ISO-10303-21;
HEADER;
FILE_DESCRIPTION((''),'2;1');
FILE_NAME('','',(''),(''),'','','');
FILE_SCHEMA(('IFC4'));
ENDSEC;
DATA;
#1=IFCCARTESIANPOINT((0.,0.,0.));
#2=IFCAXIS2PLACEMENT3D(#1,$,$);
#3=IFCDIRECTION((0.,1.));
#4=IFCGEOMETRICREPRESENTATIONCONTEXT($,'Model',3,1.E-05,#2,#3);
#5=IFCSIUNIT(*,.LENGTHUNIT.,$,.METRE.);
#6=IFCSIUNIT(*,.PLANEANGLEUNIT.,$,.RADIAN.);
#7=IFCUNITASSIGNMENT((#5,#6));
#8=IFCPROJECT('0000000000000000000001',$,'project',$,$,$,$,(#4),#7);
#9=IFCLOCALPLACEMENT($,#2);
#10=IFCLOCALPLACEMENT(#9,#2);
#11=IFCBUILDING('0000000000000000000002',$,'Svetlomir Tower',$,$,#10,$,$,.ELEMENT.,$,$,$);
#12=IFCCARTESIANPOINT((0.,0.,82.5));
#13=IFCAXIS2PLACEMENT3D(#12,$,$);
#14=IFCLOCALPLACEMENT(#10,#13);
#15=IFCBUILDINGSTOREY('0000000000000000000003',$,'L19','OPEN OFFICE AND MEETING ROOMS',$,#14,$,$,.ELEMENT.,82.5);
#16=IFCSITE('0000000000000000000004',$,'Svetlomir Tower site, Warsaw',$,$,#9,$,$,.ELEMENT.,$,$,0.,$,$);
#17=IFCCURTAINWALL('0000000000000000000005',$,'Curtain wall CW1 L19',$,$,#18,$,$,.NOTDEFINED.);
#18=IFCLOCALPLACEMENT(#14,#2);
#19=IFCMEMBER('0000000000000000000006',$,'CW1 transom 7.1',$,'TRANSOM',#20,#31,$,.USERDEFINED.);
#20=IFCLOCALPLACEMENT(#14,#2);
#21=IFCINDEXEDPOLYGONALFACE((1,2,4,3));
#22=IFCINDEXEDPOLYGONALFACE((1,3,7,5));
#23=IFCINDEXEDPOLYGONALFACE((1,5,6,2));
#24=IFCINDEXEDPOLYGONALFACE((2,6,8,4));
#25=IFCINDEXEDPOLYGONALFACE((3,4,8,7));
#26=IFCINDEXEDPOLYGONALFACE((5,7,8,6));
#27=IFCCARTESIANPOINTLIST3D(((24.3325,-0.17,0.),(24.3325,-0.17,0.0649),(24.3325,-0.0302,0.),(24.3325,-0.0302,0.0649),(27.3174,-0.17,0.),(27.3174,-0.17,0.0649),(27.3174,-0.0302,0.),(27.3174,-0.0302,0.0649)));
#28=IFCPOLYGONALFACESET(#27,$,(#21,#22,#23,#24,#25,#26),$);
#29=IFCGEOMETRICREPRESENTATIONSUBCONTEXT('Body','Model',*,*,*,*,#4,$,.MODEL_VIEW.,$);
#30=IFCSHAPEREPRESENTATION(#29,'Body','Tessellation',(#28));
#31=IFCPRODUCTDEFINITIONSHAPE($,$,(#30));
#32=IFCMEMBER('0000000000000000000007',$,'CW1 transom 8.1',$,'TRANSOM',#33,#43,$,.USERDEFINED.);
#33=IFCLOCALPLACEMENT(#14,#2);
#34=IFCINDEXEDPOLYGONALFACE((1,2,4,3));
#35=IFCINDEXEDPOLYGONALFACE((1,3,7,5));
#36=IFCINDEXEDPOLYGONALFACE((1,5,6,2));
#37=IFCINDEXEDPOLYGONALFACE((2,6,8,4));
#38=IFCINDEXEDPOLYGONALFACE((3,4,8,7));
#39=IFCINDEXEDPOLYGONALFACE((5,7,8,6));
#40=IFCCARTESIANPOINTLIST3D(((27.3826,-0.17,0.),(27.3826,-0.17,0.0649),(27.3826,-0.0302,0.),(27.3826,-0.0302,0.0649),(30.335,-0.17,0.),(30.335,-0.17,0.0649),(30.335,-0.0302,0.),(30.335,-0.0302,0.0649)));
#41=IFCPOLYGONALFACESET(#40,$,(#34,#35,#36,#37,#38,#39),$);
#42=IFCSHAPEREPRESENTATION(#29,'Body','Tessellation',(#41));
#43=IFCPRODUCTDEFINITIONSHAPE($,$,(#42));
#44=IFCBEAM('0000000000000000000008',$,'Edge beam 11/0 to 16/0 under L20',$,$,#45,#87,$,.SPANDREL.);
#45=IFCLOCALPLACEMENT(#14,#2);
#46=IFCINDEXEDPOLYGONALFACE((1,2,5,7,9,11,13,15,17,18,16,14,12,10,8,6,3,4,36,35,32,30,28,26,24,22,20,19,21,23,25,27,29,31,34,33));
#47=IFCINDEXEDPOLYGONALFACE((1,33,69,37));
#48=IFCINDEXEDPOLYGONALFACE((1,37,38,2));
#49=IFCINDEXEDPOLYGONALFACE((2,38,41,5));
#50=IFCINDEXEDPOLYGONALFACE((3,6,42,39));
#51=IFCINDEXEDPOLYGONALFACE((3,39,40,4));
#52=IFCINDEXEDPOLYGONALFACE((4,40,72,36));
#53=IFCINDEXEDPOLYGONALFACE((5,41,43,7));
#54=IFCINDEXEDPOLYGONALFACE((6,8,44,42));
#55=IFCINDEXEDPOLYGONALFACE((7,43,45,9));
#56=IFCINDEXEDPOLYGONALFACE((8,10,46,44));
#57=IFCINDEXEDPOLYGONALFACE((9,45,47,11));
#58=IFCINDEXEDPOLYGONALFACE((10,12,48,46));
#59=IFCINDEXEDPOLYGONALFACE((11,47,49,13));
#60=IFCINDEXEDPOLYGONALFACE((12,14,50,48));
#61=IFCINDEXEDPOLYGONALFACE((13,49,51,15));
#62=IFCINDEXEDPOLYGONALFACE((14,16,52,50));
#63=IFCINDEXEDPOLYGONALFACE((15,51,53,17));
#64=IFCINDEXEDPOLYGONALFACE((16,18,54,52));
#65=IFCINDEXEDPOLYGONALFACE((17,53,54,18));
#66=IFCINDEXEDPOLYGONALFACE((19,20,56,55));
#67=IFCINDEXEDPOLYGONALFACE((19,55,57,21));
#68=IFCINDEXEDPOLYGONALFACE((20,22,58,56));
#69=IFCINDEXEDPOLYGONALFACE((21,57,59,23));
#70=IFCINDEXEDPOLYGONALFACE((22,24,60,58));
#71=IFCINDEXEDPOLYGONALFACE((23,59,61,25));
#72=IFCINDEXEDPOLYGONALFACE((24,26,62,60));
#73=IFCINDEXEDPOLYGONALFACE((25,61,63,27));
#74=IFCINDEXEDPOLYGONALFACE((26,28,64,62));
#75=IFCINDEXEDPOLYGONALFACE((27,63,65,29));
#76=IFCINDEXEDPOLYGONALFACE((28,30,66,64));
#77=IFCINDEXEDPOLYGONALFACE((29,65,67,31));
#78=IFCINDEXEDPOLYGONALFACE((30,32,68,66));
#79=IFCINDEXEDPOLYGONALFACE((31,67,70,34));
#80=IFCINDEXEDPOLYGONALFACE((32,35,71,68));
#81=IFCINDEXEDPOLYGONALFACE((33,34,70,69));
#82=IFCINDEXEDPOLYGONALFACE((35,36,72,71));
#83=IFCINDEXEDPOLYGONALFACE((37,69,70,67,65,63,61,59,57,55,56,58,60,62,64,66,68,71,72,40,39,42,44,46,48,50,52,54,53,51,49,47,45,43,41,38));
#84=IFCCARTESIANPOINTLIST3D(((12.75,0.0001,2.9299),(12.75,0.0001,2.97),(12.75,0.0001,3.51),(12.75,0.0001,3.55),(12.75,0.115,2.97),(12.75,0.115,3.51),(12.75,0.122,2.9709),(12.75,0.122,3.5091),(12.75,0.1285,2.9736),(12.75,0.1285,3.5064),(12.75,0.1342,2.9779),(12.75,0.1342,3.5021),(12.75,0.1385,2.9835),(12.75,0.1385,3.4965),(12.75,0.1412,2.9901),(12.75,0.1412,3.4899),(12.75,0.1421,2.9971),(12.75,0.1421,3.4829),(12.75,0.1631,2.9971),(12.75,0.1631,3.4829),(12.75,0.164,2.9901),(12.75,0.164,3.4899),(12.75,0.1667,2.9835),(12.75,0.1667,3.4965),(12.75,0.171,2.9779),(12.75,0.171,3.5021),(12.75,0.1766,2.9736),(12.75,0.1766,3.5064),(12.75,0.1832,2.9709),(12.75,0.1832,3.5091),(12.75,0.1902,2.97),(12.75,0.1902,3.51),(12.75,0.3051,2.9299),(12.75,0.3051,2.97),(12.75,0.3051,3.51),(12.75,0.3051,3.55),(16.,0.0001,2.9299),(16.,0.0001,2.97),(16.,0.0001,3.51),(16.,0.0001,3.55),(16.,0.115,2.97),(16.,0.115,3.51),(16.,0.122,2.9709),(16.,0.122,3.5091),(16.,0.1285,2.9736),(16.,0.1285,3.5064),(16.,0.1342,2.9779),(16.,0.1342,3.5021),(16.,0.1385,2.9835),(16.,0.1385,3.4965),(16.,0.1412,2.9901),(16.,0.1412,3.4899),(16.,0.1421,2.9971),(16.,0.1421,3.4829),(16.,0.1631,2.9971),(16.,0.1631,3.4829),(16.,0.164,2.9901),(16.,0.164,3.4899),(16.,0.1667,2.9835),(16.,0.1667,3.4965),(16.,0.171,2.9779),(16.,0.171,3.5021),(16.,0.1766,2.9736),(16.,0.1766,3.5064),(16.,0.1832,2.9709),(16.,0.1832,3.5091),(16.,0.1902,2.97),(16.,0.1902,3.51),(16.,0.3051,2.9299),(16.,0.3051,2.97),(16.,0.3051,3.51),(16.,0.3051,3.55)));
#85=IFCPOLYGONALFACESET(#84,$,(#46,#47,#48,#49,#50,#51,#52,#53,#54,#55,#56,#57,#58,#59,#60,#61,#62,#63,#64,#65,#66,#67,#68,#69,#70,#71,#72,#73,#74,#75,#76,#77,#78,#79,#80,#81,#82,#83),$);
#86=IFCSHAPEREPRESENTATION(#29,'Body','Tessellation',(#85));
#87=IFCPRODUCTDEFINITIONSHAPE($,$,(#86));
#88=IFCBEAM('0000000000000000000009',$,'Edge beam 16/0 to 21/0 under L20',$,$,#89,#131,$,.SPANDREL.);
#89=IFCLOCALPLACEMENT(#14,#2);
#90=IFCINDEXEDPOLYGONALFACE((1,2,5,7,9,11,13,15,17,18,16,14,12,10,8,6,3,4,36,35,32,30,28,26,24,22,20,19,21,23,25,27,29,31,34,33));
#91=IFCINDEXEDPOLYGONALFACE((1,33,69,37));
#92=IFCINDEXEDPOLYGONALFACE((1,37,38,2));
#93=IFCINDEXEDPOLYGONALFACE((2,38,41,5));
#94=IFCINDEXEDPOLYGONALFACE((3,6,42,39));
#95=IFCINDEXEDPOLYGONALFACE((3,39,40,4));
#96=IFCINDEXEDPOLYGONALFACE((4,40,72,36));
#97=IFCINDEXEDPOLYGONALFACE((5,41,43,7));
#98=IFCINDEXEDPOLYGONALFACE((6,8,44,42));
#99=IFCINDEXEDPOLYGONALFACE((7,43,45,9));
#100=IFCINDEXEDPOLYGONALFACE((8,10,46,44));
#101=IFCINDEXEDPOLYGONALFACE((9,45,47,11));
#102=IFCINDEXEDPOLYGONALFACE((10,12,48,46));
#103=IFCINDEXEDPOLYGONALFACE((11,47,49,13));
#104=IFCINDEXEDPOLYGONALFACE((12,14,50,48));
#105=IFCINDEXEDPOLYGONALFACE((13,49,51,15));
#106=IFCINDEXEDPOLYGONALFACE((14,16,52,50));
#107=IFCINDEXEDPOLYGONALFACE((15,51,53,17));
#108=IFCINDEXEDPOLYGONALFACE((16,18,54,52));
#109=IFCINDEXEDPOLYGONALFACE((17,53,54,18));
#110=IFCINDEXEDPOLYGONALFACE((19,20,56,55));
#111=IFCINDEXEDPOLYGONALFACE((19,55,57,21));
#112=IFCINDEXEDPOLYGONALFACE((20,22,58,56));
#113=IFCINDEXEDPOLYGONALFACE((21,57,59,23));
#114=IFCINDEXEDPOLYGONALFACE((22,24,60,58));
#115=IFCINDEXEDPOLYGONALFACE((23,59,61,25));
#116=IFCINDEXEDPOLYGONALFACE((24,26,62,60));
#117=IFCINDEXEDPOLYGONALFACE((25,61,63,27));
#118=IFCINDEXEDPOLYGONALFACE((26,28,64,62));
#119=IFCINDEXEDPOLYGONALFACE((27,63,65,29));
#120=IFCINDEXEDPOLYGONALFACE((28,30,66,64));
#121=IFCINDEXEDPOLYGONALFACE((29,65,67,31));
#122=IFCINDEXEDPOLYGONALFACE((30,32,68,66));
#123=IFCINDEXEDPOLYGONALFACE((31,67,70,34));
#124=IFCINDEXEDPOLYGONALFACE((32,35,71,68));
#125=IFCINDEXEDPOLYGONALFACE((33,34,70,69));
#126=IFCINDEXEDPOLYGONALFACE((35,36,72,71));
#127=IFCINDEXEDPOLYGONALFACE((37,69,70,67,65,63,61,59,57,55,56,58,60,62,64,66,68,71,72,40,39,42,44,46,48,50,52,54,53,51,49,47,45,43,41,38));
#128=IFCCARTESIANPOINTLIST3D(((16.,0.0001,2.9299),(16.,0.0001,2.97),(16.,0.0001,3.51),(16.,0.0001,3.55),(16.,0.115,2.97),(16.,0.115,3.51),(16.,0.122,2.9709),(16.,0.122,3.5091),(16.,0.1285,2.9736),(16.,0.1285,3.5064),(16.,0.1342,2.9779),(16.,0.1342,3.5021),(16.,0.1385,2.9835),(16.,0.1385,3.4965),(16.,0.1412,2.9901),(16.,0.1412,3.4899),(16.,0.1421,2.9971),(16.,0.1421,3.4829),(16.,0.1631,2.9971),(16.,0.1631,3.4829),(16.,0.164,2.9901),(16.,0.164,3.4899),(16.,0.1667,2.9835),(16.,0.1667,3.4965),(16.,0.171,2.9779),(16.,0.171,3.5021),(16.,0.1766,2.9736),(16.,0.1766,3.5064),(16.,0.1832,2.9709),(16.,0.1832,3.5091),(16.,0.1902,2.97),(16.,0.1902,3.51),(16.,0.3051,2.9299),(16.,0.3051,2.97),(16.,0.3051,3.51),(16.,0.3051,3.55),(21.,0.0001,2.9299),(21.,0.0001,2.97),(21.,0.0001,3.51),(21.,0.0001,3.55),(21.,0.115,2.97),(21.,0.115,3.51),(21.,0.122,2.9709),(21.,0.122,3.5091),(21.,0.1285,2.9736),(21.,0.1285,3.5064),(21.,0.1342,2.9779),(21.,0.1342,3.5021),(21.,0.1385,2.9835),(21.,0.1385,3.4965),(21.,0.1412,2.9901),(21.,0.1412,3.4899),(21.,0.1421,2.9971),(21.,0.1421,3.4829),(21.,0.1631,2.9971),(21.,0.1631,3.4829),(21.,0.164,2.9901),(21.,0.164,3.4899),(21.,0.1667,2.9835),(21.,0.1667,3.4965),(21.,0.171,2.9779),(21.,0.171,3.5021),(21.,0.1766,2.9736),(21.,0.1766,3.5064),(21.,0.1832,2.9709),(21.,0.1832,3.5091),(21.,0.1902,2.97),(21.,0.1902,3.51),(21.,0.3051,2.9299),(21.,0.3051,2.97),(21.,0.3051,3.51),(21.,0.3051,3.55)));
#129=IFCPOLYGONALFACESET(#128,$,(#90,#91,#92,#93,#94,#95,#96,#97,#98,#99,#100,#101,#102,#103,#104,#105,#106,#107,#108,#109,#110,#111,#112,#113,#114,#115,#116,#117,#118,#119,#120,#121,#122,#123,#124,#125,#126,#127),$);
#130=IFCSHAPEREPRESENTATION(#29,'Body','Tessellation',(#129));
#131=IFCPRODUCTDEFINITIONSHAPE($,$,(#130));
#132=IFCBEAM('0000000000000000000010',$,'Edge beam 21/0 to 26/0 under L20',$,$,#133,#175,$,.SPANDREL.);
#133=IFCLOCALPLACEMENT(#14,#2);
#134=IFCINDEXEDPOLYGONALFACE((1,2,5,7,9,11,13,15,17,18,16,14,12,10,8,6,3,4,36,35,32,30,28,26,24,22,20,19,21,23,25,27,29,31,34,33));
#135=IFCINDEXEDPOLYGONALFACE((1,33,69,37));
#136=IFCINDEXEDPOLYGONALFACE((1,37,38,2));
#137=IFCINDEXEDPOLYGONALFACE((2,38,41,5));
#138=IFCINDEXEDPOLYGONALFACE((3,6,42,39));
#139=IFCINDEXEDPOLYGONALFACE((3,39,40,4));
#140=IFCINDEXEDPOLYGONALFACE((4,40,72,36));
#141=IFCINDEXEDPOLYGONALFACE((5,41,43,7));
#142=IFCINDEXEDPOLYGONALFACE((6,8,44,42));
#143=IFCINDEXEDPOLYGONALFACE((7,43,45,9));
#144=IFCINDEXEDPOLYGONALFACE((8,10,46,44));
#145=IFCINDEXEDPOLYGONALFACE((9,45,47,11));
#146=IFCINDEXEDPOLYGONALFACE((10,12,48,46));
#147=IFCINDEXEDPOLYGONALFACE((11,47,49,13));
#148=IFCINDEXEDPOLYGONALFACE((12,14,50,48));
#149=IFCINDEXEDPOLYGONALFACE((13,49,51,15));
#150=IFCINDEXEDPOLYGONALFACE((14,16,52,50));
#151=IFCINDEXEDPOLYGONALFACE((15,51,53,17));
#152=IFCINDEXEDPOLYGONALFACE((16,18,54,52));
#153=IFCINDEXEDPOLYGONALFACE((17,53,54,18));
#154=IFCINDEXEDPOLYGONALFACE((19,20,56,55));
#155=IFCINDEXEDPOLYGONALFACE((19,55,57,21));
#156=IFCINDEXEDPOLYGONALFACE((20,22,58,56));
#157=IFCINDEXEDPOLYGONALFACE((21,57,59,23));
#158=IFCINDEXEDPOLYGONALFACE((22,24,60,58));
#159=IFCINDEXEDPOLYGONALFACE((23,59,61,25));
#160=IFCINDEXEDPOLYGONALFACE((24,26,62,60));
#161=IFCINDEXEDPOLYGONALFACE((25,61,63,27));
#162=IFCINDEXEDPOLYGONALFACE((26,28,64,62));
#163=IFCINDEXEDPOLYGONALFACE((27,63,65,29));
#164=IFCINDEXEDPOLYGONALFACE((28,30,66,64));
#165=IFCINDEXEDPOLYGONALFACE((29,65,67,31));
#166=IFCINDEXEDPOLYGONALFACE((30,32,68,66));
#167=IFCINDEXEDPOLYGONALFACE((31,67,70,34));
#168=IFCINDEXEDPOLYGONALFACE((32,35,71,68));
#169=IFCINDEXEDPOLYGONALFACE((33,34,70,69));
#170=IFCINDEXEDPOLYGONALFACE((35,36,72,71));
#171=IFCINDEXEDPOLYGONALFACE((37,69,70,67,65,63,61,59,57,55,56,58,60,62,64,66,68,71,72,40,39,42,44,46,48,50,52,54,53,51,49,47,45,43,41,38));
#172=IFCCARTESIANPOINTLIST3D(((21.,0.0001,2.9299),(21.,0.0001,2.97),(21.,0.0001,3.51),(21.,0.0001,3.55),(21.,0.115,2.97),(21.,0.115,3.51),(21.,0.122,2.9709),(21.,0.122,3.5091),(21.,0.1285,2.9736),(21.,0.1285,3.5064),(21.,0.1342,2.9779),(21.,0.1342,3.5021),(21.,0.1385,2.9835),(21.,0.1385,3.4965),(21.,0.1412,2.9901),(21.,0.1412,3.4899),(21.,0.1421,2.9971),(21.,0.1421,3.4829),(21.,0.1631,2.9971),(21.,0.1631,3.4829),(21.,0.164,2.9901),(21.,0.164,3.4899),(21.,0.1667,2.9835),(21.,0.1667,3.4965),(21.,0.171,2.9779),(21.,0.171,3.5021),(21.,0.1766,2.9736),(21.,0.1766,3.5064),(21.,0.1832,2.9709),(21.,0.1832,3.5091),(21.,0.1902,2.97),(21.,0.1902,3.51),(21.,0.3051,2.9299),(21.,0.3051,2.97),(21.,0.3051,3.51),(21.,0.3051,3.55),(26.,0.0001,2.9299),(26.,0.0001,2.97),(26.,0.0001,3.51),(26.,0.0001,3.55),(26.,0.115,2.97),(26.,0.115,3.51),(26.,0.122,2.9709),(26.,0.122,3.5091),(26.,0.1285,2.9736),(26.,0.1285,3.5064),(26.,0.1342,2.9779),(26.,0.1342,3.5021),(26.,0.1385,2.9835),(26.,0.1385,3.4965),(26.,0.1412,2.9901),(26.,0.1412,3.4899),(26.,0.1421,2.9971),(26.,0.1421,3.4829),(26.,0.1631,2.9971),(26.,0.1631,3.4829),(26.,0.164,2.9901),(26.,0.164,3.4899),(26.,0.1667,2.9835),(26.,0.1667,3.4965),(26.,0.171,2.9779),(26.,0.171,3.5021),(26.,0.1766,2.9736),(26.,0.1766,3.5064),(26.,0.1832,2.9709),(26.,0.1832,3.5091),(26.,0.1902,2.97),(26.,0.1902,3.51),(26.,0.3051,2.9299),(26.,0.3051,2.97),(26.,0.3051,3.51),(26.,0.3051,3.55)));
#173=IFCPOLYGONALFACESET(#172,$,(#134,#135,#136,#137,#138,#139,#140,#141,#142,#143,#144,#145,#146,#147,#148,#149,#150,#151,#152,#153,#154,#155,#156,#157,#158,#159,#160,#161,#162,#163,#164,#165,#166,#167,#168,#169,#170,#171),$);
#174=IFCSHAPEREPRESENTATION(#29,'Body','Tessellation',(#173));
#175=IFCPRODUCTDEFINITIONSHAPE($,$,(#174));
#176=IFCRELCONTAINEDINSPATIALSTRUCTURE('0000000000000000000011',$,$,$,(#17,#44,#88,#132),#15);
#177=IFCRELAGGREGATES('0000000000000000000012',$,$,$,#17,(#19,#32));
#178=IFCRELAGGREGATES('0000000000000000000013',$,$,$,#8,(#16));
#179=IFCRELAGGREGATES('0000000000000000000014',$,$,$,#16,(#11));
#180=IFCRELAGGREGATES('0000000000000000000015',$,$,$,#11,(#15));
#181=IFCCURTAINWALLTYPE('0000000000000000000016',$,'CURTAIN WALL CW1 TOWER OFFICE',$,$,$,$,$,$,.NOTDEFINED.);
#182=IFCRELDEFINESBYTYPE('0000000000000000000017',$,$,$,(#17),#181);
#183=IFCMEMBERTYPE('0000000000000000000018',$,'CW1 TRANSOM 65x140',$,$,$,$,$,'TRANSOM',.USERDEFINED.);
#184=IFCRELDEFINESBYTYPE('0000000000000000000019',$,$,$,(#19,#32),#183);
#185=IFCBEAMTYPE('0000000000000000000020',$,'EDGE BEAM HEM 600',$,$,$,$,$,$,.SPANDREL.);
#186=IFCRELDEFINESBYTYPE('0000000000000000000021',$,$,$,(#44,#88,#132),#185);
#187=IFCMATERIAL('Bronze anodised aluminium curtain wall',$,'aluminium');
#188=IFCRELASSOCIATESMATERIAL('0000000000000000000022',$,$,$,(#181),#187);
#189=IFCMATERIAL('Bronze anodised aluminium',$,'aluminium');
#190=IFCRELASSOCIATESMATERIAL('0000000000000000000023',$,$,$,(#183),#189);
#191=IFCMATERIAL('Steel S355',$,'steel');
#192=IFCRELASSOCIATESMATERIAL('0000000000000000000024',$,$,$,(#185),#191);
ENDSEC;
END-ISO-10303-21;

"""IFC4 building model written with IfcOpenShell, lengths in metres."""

from ifc_helpers import new_model, si_unit, direction, frame, origin, origin_2d, place, context, subcontext, project, spatial, rectangle, i_section, extrude, material, material_profile, profile_set, type_object, element, aggregate, save


model = new_model("IFC4")

# Units and contexts
model_context = context("Model", 3, precision=1e-05, world=origin(), true_north=direction((0.0, 1.0)))
body_context = subcontext(model_context, "Body", "Model", "MODEL_VIEW")
ifc_project = project(units=[si_unit("LENGTHUNIT", "METRE"), si_unit("PLANEANGLEUNIT", "RADIAN")], contexts=[model_context])

# Site, building, storey
site_placement = place(None, origin())
site = spatial("IfcSite", under=ifc_project, at=site_placement, Name="Svetlomir Tower site, Warsaw", CompositionType="ELEMENT", RefElevation=0.0)
building_placement = place(site_placement, origin())
building = spatial("IfcBuilding", under=site, at=building_placement, Name="Svetlomir Tower", CompositionType="ELEMENT")
storey_placement = place(building_placement, frame((0.0, 0.0, 82.5)))
storey = spatial("IfcBuildingStorey", under=building, at=storey_placement, Name="L19", Description="OPEN OFFICE AND MEETING ROOMS", CompositionType="ELEMENT", Elevation=82.5)

# Curtain wall, members
ifc_material_1 = material(Name="Bronze anodised aluminium curtain wall", Category="aluminium")
curtain_wall_type = type_object("IfcCurtainWallType", Name="CURTAIN WALL CW1 TOWER OFFICE", PredefinedType="NOTDEFINED", material=ifc_material_1)
curtain_wall_placement = place(storey_placement, origin())
curtain_wall = element("IfcCurtainWall", 1, at=curtain_wall_placement, inside=storey, type_object=curtain_wall_type, Name="Curtain wall CW1 L19", PredefinedType="NOTDEFINED")
ifc_material_2 = material(Name="Bronze anodised aluminium", Category="aluminium")
ifc_material_profile_1 = material_profile(ifc_material_2, rectangle(XDim=0.1399, YDim=0.0649, at=origin_2d()), Name="AL 140x65")
ifc_profile_set_1 = profile_set([ifc_material_profile_1], Name="Bronze anodised aluminium 6063-T6")
member_type_1 = type_object("IfcMemberType", Name="CW1 TRANSOM 65x140", ElementType="TRANSOM", PredefinedType="USERDEFINED", material=ifc_profile_set_1)
member_1_placement = place(storey_placement, frame((24.3325, -0.1001, 0.0325), z_axis=(1.0, 0.0, 0.0), x_axis=(0.0, 1.0, 0.0)))
member_1 = element("IfcMember", 2, at=member_1_placement, type_object=member_type_1, Name="CW1 transom 7.1", ObjectType="TRANSOM", PredefinedType="USERDEFINED", context=body_context, shape_type="SweptSolid", body=[
    extrude(rectangle(XDim=0.1399, YDim=0.0649, at=origin_2d()), origin(), (0.0, 0.0, 1.0), 2.9849),
])
member_2_placement = place(storey_placement, frame((27.3826, -0.1001, 0.0325), z_axis=(1.0, 0.0, 0.0), x_axis=(0.0, 1.0, 0.0)))
member_2 = element("IfcMember", 3, at=member_2_placement, type_object=member_type_1, Name="CW1 transom 8.1", ObjectType="TRANSOM", PredefinedType="USERDEFINED", context=body_context, shape_type="SweptSolid", body=[
    extrude(rectangle(XDim=0.1399, YDim=0.0649, at=origin_2d()), origin(), (0.0, 0.0, 1.0), 2.9524),
])

# Beams
ifc_material_3 = material(Name="Steel S355", Category="steel")
ifc_material_profile_2 = material_profile(ifc_material_3, i_section(OverallWidth=0.3049, OverallDepth=0.6201, WebThickness=0.021, FlangeThickness=0.04, FilletRadius=0.0271, at=origin_2d()), Name="HEM 600")
ifc_profile_set_2 = profile_set([ifc_material_profile_2], Name="Steel S355")
beam_type_1 = type_object("IfcBeamType", Name="EDGE BEAM HEM 600", PredefinedType="SPANDREL", material=ifc_profile_set_2)
beam_1_placement = place(storey_placement, frame((12.75, 0.1526, 3.24), z_axis=(1.0, 0.0, 0.0), x_axis=(0.0, 1.0, 0.0)))
element("IfcBeam", 4, at=beam_1_placement, inside=storey, type_object=beam_type_1, Name="Edge beam 11/0 to 16/0 under L20", PredefinedType="SPANDREL", context=body_context, shape_type="SweptSolid", body=[
    extrude(i_section(OverallWidth=0.3049, OverallDepth=0.6201, WebThickness=0.021, FlangeThickness=0.04, FilletRadius=0.0271, at=origin_2d()), origin(), (0.0, 0.0, 1.0), 3.25),
])
for number, where, z_axis, x_axis, name in (
    (5, (16.0, 0.1526, 3.24), (1.0, 0.0, 0.0), (0.0, 1.0, 0.0), "Edge beam 16/0 to 21/0 under L20"),
    (6, (21.0, 0.1526, 3.24), (1.0, 0.0, 0.0), (0.0, 1.0, 0.0), "Edge beam 21/0 to 26/0 under L20"),
):
    element("IfcBeam", number, at=place(storey_placement, frame(where, z_axis=z_axis, x_axis=x_axis)), inside=storey, type_object=beam_type_1, Name=name, PredefinedType="SPANDREL", context=body_context, shape_type="SweptSolid", body=[
        extrude(i_section(OverallWidth=0.3049, OverallDepth=0.6201, WebThickness=0.021, FlangeThickness=0.04, FilletRadius=0.0271, at=origin_2d()), origin(), (0.0, 0.0, 1.0), 5.0),
    ])

aggregate(curtain_wall, [member_1, member_2])

save(model, "model.ifc")
